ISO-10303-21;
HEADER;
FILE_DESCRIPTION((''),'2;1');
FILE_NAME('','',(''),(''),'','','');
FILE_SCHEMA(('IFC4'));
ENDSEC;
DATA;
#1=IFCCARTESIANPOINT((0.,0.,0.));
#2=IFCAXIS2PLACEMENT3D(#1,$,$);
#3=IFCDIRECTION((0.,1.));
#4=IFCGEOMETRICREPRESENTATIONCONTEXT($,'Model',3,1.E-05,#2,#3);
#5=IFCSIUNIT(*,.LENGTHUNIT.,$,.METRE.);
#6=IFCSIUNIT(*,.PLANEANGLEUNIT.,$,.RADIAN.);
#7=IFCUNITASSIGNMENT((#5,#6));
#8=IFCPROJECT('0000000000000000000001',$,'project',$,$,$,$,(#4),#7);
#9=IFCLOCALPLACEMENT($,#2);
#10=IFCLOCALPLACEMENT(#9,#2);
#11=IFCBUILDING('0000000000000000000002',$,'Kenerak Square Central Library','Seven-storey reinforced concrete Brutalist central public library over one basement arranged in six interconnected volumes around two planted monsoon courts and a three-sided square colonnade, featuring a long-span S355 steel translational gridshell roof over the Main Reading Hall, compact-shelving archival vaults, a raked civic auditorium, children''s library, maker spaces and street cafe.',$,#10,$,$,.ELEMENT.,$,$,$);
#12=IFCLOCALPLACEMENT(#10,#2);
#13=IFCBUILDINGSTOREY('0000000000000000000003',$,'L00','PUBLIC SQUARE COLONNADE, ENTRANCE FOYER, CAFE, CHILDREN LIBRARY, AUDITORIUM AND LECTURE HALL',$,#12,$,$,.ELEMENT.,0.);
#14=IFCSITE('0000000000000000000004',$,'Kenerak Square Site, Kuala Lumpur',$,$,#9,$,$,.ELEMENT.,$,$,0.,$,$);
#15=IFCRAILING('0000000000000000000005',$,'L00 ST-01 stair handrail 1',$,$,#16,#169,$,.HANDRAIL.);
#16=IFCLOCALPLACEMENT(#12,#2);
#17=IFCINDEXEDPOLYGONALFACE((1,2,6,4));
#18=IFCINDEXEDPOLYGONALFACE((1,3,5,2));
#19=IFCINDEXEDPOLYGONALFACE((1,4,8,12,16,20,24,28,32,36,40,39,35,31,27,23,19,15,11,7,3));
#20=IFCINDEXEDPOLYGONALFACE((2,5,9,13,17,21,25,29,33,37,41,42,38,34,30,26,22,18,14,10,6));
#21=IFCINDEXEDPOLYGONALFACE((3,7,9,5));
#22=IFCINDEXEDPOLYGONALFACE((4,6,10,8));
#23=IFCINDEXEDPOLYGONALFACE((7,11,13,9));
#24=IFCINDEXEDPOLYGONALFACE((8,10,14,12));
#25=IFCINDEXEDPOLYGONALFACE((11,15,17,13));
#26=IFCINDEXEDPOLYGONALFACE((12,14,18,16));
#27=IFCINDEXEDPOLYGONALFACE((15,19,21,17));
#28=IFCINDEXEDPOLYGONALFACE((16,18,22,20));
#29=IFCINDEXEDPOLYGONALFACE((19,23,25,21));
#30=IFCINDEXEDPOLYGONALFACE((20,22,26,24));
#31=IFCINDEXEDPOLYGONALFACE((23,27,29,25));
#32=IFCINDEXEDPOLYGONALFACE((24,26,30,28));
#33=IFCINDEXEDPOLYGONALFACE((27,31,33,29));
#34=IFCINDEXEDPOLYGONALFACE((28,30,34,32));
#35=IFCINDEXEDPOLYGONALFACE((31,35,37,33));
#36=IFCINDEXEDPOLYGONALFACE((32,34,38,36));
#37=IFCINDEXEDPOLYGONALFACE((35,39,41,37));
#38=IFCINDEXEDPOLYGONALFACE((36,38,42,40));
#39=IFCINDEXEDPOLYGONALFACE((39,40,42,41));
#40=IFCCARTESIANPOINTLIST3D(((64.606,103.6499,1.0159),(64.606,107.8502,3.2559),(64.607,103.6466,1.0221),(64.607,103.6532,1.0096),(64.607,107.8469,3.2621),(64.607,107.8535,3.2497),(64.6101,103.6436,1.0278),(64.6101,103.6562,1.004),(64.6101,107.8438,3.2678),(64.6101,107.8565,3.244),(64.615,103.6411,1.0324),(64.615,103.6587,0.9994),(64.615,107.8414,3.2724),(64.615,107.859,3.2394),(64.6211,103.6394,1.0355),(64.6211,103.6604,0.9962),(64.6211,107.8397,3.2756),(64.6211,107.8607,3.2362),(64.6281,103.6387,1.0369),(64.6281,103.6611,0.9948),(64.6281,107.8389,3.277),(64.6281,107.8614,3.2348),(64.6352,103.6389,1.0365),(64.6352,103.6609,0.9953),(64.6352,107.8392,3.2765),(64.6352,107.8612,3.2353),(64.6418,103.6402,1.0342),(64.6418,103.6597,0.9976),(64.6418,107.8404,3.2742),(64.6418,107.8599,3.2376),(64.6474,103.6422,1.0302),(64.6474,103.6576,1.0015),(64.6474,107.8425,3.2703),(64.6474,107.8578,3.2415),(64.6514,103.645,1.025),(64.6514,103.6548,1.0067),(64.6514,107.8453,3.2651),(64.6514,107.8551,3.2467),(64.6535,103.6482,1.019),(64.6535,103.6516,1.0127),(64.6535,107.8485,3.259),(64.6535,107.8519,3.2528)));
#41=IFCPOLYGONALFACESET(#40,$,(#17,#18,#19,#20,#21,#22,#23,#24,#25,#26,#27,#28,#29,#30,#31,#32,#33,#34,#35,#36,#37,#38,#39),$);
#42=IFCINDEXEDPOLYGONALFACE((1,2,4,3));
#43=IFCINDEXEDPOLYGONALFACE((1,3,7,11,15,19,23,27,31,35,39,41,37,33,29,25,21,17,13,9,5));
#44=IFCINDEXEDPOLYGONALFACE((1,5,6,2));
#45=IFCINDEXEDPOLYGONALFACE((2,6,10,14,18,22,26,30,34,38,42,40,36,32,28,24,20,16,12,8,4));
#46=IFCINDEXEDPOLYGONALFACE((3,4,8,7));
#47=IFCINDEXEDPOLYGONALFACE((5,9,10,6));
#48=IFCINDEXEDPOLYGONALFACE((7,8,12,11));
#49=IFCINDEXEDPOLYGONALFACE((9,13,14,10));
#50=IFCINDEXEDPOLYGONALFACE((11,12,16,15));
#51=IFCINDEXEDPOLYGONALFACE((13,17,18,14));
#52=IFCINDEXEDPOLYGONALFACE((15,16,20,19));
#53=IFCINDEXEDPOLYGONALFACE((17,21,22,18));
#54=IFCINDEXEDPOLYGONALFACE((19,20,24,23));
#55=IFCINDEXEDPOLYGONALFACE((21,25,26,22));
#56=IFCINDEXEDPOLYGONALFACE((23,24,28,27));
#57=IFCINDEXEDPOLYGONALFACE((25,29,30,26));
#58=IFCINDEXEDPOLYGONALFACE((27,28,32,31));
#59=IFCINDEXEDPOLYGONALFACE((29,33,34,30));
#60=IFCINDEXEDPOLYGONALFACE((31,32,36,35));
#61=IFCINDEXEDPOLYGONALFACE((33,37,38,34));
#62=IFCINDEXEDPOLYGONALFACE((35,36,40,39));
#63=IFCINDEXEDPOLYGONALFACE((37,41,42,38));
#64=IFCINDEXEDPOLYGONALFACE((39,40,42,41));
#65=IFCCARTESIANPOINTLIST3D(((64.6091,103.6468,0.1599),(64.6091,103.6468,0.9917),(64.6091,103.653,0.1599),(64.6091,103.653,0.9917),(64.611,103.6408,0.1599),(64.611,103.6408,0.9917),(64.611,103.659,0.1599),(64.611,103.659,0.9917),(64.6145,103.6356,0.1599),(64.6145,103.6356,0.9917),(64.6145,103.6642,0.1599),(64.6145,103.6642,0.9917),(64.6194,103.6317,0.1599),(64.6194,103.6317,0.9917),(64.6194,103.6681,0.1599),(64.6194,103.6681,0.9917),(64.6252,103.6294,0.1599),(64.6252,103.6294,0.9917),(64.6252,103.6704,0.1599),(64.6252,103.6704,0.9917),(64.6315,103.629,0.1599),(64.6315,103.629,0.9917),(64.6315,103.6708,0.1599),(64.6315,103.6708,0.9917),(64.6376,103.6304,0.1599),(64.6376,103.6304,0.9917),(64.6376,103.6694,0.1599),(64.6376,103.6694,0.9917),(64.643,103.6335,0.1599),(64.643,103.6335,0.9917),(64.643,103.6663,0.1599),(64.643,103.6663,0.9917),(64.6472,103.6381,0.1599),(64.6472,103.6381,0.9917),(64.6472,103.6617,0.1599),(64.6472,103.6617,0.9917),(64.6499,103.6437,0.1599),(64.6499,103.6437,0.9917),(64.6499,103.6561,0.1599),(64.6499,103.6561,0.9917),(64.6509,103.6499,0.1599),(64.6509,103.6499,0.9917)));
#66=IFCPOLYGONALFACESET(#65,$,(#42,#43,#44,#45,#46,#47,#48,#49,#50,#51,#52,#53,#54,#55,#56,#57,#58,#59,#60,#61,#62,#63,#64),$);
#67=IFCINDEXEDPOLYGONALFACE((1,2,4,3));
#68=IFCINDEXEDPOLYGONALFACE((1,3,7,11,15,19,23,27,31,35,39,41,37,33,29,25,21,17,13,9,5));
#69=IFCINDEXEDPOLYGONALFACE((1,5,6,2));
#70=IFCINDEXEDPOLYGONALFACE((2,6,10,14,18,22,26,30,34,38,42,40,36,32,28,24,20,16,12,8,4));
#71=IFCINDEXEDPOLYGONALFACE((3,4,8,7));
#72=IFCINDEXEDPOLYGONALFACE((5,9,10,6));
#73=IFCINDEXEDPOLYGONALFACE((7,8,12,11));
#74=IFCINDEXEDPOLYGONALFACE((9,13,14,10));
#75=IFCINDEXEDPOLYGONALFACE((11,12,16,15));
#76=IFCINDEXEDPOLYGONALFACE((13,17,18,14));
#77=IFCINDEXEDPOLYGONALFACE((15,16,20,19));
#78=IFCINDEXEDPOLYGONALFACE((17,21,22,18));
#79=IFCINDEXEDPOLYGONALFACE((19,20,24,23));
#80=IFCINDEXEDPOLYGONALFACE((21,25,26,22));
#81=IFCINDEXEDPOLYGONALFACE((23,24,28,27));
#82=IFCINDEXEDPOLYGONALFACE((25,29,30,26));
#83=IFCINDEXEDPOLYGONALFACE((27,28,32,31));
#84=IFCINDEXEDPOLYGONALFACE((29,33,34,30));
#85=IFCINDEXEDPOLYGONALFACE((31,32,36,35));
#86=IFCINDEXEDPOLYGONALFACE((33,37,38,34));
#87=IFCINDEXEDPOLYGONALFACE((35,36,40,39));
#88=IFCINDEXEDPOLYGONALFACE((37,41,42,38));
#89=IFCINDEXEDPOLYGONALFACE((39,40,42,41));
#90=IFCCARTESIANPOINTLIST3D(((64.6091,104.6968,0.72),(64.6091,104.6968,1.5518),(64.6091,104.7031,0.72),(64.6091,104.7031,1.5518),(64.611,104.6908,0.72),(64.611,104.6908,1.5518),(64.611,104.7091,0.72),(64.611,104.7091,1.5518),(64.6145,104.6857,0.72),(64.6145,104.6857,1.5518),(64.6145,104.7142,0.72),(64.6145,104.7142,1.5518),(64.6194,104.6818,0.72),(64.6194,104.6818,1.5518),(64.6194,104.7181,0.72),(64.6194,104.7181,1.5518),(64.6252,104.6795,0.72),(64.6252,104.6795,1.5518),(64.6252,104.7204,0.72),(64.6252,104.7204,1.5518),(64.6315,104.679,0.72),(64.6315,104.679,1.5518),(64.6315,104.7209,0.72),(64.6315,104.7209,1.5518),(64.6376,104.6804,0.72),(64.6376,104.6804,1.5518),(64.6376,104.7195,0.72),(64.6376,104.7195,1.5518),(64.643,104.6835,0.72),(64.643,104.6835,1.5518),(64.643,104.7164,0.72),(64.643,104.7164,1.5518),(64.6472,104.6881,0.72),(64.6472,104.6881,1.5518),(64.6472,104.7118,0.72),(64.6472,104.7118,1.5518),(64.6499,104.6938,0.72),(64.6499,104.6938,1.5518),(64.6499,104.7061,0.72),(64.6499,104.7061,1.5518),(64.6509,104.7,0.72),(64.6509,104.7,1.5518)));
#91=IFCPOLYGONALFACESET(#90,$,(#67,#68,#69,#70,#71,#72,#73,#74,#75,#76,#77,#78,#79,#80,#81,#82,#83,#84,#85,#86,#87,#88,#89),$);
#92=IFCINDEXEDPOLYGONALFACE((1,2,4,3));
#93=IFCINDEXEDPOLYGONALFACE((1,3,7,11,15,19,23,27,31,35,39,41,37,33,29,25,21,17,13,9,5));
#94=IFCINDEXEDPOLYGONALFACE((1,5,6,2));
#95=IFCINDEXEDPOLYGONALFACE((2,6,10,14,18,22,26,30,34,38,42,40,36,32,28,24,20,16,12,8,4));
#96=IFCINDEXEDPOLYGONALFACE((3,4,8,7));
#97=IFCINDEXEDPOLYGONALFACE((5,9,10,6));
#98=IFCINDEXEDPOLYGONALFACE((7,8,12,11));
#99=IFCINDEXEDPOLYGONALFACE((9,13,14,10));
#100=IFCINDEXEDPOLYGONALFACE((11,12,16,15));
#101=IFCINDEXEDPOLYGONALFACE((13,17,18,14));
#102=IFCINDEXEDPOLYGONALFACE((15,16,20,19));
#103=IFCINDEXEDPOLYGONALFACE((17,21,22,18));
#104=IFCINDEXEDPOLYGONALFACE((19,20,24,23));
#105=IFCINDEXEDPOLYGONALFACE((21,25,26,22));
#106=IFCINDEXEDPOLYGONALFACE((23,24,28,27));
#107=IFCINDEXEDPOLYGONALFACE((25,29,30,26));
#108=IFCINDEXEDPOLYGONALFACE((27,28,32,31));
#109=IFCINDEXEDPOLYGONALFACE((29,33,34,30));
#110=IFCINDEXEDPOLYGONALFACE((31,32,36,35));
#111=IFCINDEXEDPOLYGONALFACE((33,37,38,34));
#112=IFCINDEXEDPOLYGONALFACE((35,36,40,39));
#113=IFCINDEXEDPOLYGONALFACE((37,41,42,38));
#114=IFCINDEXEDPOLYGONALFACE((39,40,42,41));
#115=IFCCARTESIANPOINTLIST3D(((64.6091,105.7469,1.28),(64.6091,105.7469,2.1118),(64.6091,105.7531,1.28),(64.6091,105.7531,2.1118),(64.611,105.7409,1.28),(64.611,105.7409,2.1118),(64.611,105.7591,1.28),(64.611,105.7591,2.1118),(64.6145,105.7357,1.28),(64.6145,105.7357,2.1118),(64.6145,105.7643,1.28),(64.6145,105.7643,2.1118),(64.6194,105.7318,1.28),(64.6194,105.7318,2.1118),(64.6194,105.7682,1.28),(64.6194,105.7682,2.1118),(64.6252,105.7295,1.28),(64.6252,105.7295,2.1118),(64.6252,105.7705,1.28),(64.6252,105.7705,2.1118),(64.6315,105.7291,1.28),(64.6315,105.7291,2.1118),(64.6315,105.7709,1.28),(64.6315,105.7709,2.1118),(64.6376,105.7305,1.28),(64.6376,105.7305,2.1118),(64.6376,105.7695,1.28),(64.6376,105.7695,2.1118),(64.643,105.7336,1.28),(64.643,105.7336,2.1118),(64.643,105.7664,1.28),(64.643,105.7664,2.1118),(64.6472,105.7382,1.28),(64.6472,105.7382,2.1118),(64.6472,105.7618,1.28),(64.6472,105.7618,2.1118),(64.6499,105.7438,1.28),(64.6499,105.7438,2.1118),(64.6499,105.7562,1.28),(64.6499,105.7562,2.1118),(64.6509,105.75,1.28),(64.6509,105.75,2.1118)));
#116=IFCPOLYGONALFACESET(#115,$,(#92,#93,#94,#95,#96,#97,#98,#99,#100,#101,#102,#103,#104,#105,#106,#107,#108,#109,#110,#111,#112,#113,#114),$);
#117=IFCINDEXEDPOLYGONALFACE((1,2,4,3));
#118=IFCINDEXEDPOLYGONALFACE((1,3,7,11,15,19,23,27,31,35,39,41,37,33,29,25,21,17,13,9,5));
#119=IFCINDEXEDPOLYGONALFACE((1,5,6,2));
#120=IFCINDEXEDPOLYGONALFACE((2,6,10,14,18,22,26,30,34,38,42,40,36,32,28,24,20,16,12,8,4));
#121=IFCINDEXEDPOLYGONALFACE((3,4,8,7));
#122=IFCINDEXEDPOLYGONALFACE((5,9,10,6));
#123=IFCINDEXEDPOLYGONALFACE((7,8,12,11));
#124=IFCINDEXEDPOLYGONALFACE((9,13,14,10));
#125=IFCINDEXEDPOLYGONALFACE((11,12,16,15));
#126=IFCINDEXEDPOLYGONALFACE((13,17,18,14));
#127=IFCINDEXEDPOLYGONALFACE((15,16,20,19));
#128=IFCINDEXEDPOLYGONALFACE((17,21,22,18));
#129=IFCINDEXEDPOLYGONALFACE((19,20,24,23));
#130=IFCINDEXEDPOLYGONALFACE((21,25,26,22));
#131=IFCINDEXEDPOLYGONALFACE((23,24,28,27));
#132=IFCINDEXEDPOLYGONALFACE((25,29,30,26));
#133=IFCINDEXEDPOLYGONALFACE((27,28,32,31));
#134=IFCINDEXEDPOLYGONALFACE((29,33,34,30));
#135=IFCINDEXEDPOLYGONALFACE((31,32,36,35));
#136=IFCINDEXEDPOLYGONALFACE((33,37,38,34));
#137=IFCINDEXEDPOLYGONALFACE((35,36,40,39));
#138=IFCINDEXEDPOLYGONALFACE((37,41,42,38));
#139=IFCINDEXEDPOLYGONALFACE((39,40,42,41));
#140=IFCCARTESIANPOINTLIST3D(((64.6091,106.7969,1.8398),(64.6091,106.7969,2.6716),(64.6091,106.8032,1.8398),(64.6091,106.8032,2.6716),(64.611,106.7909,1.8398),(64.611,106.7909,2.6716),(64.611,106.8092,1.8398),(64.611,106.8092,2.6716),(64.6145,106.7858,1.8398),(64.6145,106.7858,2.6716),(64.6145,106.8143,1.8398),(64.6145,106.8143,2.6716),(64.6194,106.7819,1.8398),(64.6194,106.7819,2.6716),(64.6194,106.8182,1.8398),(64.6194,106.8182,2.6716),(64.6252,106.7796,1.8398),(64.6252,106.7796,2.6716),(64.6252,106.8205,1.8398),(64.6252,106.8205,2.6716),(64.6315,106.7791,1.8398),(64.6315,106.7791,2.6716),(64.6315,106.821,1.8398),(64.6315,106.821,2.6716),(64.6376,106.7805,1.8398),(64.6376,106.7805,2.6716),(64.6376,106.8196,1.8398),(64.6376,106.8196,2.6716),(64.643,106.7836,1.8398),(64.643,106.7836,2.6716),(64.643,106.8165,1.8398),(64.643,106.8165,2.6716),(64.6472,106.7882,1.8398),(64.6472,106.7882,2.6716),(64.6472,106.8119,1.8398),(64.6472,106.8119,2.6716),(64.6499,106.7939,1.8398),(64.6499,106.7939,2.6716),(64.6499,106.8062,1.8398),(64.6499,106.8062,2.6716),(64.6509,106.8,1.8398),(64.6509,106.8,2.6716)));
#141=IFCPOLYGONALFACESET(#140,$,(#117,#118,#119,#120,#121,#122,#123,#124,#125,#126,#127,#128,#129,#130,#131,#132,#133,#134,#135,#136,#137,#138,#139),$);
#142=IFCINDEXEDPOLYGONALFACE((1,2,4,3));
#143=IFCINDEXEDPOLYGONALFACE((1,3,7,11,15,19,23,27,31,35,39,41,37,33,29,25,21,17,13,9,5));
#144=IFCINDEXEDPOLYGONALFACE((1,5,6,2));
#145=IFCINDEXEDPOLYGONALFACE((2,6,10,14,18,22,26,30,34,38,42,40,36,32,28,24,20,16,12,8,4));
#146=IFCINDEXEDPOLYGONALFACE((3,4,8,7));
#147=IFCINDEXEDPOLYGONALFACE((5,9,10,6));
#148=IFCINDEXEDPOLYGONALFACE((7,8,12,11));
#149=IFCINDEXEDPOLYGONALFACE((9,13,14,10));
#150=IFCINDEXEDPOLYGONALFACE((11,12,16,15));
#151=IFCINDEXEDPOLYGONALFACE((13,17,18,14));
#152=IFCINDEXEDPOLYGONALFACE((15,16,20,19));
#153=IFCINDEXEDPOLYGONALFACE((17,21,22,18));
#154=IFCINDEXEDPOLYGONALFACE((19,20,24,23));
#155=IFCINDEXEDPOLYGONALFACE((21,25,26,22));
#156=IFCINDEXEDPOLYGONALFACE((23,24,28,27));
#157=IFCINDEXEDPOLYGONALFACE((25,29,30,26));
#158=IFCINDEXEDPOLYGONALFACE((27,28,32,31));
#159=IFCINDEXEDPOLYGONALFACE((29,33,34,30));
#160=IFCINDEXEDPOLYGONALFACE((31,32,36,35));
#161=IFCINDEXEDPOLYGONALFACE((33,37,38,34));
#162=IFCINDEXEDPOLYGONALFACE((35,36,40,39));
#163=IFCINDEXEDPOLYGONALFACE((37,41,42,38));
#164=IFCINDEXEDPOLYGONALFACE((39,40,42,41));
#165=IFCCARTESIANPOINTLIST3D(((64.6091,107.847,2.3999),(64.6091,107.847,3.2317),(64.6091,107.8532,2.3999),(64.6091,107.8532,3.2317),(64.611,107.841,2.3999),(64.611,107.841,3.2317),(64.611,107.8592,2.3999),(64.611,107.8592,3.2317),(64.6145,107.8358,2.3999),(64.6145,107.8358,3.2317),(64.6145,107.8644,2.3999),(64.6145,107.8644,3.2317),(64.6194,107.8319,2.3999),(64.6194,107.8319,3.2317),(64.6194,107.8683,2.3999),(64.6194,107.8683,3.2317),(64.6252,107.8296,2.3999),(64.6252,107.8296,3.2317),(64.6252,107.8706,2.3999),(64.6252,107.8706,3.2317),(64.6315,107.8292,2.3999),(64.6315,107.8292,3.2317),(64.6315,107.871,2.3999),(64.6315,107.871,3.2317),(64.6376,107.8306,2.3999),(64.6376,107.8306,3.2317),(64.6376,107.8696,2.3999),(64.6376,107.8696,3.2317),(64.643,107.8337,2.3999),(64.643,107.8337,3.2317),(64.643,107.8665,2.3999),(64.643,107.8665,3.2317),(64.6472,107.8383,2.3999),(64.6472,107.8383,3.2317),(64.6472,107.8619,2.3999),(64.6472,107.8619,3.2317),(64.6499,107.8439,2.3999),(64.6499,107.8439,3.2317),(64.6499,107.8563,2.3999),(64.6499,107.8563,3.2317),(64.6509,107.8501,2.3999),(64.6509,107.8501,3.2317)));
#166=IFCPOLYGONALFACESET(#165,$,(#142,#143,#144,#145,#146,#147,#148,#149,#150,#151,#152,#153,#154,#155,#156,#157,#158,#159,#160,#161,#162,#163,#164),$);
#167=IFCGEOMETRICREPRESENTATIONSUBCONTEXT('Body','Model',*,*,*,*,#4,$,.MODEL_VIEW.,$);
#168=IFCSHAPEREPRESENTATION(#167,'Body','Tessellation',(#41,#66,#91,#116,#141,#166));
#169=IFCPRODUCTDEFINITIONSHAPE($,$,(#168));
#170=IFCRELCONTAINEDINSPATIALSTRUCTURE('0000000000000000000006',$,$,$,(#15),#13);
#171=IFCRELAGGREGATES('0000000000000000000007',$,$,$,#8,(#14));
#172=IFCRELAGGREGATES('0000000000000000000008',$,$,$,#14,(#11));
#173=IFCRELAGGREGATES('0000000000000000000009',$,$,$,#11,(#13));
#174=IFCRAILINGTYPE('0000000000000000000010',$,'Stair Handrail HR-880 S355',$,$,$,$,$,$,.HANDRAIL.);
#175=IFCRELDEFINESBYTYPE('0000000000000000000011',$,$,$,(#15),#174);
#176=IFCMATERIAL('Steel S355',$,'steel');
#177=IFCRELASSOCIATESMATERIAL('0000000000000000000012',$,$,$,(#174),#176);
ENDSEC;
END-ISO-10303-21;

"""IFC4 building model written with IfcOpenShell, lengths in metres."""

from ifc_helpers import new_model, si_unit, direction, frame, origin, origin_2d, place, context, subcontext, project, spatial, circle, extrude, material, type_object, element, save


model = new_model("IFC4")

# Units and contexts
model_context = context("Model", 3, precision=1e-05, world=origin(), true_north=direction((0.0, 1.0)))
body_context = subcontext(model_context, "Body", "Model", "MODEL_VIEW")
ifc_project = project(units=[si_unit("LENGTHUNIT", "METRE"), si_unit("PLANEANGLEUNIT", "RADIAN")], contexts=[model_context])

# Site, building, storey
site_placement = place(None, origin())
site = spatial("IfcSite", under=ifc_project, at=site_placement, Name="Kenerak Square Site, Kuala Lumpur", CompositionType="ELEMENT", RefElevation=0.0)
building_placement = place(site_placement, origin())
building = spatial("IfcBuilding", under=site, at=building_placement, Name="Kenerak Square Central Library", Description="Seven-storey reinforced concrete Brutalist central public library over one basement arranged in six interconnected volumes around two planted monsoon courts and a three-sided square colonnade, featuring a long-span S355 steel translational gridshell roof over the Main Reading Hall, compact-shelving archival vaults, a raked civic auditorium, children's library, maker spaces and street cafe.", CompositionType="ELEMENT")
storey_placement = place(building_placement, origin())
storey = spatial("IfcBuildingStorey", under=building, at=storey_placement, Name="L00", Description="PUBLIC SQUARE COLONNADE, ENTRANCE FOYER, CAFE, CHILDREN LIBRARY, AUDITORIUM AND LECTURE HALL", CompositionType="ELEMENT", Elevation=0.0)

# Shared definitions
ifc_material_1 = material(Name="Steel S355", Category="steel")

# Railing
railing_type_1 = type_object("IfcRailingType", Name="Stair Handrail HR-880 S355", PredefinedType="HANDRAIL", material=ifc_material_1)
railing_1_placement = place(storey_placement, frame((64.6299, 103.6499, 0.1599)))
element("IfcRailing", 1, at=railing_1_placement, inside=storey, type_object=railing_type_1, Name="L00 ST-01 stair handrail 1", PredefinedType="HANDRAIL", context=body_context, shape_type="SweptSolid", body=[
    extrude(circle(Radius=0.0239, at=origin_2d()), frame((0.0, 0.0, 0.856), z_axis=(0.0, 0.882363, 0.47057), x_axis=(-1.0, 0.0, 0.0)), (0.0, 0.0, 1.0), 4.7603),
    extrude(circle(Radius=0.021, at=origin_2d()), origin(), (0.0, 0.0, 1.0), 0.8318),
    extrude(circle(Radius=0.021, at=origin_2d()), frame((0.0, 1.05, 0.5601)), (0.0, 0.0, 1.0), 0.8318),
    extrude(circle(Radius=0.021, at=origin_2d()), frame((0.0, 2.1001, 1.1201)), (0.0, 0.0, 1.0), 0.8318),
    extrude(circle(Radius=0.021, at=origin_2d()), frame((0.0, 3.1501, 1.6799)), (0.0, 0.0, 1.0), 0.8318),
    extrude(circle(Radius=0.021, at=origin_2d()), frame((0.0, 4.2002, 2.24)), (0.0, 0.0, 1.0), 0.8318),
])

save(model, "model.ifc")
